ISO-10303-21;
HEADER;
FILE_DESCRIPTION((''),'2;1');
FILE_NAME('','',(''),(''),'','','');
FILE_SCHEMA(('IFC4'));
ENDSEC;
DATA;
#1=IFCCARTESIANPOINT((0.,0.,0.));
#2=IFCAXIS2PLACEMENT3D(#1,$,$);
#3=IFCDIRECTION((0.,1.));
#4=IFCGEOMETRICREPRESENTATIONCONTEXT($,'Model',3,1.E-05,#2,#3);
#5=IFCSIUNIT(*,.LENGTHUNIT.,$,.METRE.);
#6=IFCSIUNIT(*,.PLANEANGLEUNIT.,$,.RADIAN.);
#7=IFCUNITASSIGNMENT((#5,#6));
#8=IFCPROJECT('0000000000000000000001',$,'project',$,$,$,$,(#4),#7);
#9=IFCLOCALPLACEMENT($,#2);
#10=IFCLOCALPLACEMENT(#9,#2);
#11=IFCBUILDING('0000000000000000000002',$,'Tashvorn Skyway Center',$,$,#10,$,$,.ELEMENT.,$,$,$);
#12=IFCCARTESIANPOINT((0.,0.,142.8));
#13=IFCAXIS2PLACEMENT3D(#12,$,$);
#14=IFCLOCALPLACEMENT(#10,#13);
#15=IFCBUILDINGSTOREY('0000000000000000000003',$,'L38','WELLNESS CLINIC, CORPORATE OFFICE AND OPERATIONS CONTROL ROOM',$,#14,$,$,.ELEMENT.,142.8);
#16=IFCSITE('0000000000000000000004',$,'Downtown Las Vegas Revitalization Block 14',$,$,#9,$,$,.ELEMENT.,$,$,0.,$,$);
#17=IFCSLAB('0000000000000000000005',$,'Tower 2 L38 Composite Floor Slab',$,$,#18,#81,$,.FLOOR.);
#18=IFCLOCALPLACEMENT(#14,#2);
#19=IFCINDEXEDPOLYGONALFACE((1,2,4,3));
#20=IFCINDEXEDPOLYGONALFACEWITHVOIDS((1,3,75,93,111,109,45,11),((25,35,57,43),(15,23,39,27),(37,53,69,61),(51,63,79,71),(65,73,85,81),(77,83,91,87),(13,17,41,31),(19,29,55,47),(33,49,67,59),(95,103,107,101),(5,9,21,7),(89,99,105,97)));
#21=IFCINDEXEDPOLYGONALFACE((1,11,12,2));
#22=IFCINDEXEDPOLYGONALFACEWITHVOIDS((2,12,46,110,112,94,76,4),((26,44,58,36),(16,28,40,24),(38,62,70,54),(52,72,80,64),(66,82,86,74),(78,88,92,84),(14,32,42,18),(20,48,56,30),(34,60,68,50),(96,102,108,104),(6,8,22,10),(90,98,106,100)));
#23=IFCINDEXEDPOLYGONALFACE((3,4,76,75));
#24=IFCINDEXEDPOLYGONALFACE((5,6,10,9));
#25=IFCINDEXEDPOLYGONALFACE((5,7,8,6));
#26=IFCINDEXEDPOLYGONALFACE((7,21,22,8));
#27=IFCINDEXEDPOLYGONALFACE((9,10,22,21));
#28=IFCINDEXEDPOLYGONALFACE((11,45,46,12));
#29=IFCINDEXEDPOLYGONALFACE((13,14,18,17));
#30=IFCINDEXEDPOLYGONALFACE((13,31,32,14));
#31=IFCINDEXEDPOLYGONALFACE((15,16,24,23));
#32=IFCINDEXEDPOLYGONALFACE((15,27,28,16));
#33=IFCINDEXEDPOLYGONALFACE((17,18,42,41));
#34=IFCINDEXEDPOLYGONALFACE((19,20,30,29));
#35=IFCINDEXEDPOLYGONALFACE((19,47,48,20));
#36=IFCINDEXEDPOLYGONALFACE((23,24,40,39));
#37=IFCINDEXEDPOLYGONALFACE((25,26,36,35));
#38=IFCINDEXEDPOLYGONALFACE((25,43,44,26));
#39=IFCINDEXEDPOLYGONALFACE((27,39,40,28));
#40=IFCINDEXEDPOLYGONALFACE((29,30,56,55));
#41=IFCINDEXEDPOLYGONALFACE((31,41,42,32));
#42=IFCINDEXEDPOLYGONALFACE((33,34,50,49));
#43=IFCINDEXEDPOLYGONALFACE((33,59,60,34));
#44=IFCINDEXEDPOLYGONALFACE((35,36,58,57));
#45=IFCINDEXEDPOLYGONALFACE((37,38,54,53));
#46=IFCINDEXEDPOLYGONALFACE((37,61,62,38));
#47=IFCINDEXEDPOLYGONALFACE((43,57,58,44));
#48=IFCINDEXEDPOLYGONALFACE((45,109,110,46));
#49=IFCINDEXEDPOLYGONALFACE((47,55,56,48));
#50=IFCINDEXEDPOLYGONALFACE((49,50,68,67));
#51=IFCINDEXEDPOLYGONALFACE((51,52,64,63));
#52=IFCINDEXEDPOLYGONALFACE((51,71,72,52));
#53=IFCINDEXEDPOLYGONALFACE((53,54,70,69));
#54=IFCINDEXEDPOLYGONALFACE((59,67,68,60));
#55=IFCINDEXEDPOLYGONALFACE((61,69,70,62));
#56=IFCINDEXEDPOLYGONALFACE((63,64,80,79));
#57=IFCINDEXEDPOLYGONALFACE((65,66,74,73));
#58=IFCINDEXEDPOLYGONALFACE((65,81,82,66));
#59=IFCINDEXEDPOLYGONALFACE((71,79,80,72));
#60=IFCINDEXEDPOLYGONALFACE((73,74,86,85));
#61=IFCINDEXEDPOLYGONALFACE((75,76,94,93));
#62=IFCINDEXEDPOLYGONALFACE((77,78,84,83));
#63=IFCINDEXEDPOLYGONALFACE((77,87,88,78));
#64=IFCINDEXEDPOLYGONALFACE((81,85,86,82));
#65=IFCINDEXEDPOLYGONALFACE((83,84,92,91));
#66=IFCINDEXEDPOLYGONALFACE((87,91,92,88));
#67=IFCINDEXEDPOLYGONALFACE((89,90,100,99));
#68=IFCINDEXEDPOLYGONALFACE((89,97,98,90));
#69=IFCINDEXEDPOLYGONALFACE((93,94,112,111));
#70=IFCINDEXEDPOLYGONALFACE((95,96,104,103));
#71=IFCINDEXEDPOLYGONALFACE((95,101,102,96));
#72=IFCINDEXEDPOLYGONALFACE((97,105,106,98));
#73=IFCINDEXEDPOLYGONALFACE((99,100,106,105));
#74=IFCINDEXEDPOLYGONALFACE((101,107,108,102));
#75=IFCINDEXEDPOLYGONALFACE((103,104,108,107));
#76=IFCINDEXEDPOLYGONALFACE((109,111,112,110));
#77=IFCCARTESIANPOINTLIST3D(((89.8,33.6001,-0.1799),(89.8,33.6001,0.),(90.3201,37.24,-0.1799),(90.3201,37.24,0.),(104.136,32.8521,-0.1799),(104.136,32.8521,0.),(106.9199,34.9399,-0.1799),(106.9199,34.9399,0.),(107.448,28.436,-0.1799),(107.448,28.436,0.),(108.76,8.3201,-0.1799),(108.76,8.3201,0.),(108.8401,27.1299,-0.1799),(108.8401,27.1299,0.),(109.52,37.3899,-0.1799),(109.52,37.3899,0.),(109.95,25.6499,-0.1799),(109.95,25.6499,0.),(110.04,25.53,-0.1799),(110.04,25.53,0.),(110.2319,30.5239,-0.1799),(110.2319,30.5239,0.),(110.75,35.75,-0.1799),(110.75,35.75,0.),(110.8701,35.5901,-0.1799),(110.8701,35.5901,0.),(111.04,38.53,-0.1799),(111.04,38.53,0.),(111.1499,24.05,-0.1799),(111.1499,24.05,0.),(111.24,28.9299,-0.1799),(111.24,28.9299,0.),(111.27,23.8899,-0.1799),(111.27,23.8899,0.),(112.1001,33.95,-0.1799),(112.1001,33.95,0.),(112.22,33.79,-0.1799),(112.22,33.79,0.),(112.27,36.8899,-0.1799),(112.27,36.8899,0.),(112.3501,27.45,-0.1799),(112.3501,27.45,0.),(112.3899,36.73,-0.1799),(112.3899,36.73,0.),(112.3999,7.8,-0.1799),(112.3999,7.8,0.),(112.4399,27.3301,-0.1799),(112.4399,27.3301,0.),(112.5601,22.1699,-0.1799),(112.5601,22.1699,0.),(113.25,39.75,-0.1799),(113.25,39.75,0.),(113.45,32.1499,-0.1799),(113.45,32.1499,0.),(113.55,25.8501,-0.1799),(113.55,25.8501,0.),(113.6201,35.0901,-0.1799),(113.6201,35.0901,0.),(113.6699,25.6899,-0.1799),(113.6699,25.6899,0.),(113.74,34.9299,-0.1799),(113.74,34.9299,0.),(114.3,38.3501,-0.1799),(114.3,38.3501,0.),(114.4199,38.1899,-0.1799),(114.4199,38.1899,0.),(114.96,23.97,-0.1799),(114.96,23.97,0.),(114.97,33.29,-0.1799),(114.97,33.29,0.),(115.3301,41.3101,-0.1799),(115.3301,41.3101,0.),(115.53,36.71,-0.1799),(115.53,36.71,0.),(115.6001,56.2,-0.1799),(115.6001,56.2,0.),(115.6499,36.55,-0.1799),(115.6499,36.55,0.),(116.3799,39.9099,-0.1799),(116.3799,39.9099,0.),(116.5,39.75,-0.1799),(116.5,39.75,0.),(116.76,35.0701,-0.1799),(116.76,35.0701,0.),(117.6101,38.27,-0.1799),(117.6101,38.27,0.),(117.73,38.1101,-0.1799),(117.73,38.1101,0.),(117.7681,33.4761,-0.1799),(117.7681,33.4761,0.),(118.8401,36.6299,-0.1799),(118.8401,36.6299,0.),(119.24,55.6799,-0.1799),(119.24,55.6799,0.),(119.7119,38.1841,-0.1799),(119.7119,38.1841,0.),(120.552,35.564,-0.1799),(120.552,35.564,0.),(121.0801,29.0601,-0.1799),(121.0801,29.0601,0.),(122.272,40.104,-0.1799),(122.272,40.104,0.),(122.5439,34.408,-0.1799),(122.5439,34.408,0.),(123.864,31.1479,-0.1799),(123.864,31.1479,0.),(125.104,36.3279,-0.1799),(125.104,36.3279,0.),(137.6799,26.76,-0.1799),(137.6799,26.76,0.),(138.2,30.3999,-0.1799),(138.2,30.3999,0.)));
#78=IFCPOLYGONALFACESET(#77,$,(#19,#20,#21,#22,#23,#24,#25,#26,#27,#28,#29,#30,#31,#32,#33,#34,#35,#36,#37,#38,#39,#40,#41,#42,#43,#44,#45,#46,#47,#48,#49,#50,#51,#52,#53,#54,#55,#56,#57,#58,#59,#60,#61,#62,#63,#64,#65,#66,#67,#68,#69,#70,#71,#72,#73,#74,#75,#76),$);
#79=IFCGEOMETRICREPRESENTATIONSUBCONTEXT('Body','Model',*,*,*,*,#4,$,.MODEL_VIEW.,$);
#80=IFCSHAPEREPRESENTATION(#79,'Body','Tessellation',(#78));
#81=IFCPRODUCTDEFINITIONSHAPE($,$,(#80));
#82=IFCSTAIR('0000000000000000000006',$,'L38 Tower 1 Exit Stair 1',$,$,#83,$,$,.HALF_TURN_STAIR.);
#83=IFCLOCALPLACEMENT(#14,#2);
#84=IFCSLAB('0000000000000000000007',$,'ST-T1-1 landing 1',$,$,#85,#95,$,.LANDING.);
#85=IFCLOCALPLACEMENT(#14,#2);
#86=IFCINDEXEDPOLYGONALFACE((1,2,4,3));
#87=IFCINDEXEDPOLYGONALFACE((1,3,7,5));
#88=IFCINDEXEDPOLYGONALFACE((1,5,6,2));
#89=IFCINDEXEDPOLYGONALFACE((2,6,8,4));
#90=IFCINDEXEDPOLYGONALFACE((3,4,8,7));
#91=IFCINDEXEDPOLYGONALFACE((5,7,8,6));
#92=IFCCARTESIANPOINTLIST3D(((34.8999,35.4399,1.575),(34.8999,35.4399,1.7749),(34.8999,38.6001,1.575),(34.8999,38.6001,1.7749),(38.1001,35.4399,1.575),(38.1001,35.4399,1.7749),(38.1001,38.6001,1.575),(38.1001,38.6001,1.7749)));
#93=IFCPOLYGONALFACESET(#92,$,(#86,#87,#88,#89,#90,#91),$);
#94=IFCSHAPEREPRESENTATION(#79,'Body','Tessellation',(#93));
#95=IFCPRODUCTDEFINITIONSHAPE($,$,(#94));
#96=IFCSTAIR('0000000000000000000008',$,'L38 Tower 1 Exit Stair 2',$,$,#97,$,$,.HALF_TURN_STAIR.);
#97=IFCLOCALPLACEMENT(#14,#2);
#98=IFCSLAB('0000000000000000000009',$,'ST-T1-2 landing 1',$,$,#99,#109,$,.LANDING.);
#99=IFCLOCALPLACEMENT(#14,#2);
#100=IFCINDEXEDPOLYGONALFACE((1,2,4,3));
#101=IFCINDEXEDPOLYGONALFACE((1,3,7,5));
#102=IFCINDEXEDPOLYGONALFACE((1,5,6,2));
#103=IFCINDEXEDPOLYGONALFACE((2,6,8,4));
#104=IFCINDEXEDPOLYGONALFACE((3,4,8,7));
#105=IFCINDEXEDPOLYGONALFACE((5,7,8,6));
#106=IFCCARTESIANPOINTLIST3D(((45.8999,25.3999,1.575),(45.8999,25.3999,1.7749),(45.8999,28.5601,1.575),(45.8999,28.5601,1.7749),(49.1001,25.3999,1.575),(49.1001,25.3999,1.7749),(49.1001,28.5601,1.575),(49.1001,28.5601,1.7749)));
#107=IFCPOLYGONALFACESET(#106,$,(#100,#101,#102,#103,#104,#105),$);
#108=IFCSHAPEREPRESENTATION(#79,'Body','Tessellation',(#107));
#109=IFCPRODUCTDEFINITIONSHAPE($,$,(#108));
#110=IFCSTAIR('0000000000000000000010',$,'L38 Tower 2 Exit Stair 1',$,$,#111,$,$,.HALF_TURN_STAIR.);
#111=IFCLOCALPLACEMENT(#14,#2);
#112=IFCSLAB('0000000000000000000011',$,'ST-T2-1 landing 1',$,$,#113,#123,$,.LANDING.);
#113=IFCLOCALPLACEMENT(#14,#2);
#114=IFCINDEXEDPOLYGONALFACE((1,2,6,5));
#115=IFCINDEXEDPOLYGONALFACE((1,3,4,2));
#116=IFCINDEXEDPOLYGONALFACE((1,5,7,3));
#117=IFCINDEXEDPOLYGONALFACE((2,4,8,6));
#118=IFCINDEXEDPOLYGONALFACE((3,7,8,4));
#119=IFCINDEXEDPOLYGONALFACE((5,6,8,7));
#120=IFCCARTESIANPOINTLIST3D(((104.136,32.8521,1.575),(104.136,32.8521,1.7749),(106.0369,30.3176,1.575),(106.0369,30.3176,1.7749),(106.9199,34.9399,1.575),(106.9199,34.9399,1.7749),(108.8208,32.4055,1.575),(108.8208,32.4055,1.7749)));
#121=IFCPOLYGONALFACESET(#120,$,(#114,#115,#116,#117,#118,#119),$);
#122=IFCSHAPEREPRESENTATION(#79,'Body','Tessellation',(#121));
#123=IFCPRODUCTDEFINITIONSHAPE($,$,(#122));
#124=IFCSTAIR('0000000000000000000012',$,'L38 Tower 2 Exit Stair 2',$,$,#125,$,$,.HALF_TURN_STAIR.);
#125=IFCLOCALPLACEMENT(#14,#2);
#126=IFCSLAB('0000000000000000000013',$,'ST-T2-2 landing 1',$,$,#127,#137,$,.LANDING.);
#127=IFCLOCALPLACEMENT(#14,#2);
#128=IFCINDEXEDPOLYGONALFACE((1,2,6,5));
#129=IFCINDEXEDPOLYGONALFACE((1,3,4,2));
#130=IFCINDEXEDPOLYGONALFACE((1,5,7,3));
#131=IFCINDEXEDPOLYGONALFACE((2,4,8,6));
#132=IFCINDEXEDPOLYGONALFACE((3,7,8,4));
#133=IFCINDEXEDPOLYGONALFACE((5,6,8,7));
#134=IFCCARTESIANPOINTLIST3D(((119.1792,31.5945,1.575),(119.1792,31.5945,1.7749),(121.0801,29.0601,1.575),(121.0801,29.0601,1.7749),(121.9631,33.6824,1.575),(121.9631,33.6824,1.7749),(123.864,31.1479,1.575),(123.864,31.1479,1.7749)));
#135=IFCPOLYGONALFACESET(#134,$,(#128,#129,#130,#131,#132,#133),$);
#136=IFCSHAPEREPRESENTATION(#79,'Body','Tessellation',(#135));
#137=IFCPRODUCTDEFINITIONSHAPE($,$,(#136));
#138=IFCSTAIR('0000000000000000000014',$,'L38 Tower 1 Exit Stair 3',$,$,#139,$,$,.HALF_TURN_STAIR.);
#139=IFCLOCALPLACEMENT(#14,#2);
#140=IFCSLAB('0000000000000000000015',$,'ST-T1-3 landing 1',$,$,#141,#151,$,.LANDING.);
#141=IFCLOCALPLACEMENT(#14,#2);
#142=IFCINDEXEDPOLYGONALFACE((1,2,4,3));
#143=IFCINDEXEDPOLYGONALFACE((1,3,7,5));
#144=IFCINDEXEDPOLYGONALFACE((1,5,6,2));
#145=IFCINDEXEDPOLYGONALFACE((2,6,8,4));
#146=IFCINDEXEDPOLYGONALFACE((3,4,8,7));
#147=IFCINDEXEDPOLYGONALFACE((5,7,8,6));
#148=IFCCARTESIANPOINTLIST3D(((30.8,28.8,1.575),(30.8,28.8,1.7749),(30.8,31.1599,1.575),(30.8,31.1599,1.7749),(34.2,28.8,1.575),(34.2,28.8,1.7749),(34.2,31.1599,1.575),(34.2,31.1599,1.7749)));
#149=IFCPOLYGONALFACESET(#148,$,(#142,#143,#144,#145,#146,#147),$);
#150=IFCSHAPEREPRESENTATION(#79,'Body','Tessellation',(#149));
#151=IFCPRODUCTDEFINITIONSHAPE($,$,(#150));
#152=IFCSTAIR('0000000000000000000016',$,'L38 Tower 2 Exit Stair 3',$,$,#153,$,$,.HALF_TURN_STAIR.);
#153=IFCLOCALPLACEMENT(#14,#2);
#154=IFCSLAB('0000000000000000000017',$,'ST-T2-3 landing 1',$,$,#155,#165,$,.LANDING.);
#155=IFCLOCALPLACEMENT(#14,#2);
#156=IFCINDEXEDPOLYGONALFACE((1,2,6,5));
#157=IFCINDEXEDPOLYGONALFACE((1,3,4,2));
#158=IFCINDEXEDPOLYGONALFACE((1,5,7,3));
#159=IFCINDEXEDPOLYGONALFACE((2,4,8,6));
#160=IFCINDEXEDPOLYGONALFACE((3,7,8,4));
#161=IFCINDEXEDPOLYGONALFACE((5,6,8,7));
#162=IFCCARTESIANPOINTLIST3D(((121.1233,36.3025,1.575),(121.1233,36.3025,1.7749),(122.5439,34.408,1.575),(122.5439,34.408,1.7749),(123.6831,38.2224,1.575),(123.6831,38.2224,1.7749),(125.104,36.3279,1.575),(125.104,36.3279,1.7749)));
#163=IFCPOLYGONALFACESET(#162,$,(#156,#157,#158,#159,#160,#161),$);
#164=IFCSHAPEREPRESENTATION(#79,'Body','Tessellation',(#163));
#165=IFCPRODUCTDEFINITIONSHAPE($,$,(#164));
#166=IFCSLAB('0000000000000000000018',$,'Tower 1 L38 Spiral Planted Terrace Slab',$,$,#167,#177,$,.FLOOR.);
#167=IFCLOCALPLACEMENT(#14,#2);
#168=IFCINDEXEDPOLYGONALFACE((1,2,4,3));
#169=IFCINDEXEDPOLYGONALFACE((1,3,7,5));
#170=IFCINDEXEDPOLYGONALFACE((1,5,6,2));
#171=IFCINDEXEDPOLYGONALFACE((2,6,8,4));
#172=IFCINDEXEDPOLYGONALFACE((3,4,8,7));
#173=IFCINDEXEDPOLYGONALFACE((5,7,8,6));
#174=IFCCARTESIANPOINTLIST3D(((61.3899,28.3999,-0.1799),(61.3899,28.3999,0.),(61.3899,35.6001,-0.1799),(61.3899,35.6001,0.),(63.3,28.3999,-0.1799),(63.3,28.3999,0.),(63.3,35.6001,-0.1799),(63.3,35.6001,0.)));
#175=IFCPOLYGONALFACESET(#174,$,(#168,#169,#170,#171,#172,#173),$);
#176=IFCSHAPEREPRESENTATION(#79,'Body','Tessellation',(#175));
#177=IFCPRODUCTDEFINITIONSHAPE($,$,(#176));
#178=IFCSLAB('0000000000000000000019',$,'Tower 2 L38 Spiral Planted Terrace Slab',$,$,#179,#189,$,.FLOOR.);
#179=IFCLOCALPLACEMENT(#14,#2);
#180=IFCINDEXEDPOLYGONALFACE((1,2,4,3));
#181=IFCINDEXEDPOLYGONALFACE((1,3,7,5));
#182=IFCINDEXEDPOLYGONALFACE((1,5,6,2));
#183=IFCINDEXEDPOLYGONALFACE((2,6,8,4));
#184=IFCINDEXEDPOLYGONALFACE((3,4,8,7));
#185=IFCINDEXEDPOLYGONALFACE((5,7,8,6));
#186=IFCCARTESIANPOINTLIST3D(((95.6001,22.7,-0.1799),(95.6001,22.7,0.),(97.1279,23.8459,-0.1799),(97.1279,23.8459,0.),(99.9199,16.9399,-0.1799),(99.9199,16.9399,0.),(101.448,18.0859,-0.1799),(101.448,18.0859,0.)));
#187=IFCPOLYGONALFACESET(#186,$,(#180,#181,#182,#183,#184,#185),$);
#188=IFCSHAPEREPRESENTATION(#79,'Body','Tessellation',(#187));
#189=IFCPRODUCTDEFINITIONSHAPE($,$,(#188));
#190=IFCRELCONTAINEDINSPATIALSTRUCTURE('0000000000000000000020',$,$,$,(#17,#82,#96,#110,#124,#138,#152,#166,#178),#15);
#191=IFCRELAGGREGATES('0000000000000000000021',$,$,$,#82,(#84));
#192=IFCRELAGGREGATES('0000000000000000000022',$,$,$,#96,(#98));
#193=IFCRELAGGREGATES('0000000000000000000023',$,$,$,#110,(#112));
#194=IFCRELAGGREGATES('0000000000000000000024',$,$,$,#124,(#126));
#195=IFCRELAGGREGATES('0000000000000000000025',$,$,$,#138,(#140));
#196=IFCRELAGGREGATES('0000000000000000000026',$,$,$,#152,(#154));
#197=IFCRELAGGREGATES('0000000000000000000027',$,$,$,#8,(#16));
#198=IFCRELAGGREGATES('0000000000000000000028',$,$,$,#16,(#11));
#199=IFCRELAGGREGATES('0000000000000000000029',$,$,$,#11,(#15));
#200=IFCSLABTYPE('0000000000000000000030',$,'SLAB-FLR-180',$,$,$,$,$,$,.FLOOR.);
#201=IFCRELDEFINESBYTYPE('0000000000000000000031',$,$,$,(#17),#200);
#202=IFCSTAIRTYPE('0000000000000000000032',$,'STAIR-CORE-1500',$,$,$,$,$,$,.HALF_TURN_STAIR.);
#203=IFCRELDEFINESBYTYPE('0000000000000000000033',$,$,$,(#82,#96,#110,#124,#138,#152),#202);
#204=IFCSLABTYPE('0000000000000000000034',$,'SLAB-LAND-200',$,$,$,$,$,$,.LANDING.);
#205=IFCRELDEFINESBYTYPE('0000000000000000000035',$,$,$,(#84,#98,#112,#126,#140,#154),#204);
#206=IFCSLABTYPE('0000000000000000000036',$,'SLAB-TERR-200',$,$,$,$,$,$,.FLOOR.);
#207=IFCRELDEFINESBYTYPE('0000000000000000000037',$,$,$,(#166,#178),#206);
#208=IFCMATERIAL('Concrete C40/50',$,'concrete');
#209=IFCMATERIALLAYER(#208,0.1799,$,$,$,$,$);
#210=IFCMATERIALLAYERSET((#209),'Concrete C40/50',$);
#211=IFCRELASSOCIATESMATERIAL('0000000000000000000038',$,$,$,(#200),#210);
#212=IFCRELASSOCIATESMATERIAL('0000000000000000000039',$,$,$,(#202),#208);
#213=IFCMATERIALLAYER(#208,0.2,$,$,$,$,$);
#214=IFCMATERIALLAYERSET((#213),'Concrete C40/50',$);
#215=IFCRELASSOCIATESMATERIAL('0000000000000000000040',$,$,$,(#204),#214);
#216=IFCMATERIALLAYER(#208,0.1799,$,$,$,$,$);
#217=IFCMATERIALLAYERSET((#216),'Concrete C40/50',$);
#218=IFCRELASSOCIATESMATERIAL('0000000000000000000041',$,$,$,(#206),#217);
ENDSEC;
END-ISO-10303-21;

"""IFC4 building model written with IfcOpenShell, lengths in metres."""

from ifc_helpers import new_model, si_unit, direction, frame, origin, place, context, subcontext, project, spatial, polyline, outline, extrude, material, layer, layer_set, type_object, element, aggregate, save


model = new_model("IFC4")

# Units and contexts
model_context = context("Model", 3, precision=1e-05, world=origin(), true_north=direction((0.0, 1.0)))
body_context = subcontext(model_context, "Body", "Model", "MODEL_VIEW")
ifc_project = project(units=[si_unit("LENGTHUNIT", "METRE"), si_unit("PLANEANGLEUNIT", "RADIAN")], contexts=[model_context])

# Site, building, storey
site_placement = place(None, origin())
site = spatial("IfcSite", under=ifc_project, at=site_placement, Name="Downtown Las Vegas Revitalization Block 14", CompositionType="ELEMENT", RefElevation=0.0)
building_placement = place(site_placement, origin())
building = spatial("IfcBuilding", under=site, at=building_placement, Name="Tashvorn Skyway Center", CompositionType="ELEMENT")
storey_placement = place(building_placement, frame((0.0, 0.0, 142.8)))
storey = spatial("IfcBuildingStorey", under=building, at=storey_placement, Name="L38", Description="WELLNESS CLINIC, CORPORATE OFFICE AND OPERATIONS CONTROL ROOM", CompositionType="ELEMENT", Elevation=142.8)

# Slab
ifc_material_1 = material(Name="Concrete C40/50", Category="concrete")
ifc_layer_1 = layer(ifc_material_1, 0.1799)
ifc_layer_set_1 = layer_set([ifc_layer_1], Name="Concrete C40/50")
slab_type_1 = type_object("IfcSlabType", Name="SLAB-FLR-180", PredefinedType="FLOOR", material=ifc_layer_set_1)
slab_1_placement = place(storey_placement, frame((0.0, 0.0, -0.1799)))
element("IfcSlab", 1, at=slab_1_placement, inside=storey, type_object=slab_type_1, Name="Tower 2 L38 Composite Floor Slab", PredefinedType="FLOOR", context=body_context, shape_type="SweptSolid", body=[
    extrude(outline(polyline([(112.3999, 7.8), (137.6799, 26.76), (138.2, 30.3999), (119.24, 55.6799), (115.6001, 56.2), (90.3201, 37.24), (89.8, 33.6001), (108.76, 8.3201), (112.3999, 7.8)]), holes=[polyline([(110.2319, 30.5239), (106.9199, 34.9399), (104.136, 32.8521), (107.448, 28.436), (110.2319, 30.5239)]), polyline([(117.7681, 33.4761), (121.0801, 29.0601), (123.864, 31.1479), (120.552, 35.564), (117.7681, 33.4761)]), polyline([(119.7119, 38.1841), (122.5439, 34.408), (125.104, 36.3279), (122.272, 40.104), (119.7119, 38.1841)]), polyline([(109.95, 25.6499), (112.3501, 27.45), (111.24, 28.9299), (108.8401, 27.1299), (109.95, 25.6499)]), polyline([(111.1499, 24.05), (113.55, 25.8501), (112.4399, 27.3301), (110.04, 25.53), (111.1499, 24.05)]), polyline([(112.5601, 22.1699), (114.96, 23.97), (113.6699, 25.6899), (111.27, 23.8899), (112.5601, 22.1699)]), polyline([(113.45, 32.1499), (114.97, 33.29), (113.74, 34.9299), (112.22, 33.79), (113.45, 32.1499)]), polyline([(112.1001, 33.95), (113.6201, 35.0901), (112.3899, 36.73), (110.8701, 35.5901), (112.1001, 33.95)]), polyline([(110.75, 35.75), (112.27, 36.8899), (111.04, 38.53), (109.52, 37.3899), (110.75, 35.75)]), polyline([(116.76, 35.0701), (118.8401, 36.6299), (117.73, 38.1101), (115.6499, 36.55), (116.76, 35.0701)]), polyline([(115.53, 36.71), (117.6101, 38.27), (116.5, 39.75), (114.4199, 38.1899), (115.53, 36.71)]), polyline([(114.3, 38.3501), (116.3799, 39.9099), (115.3301, 41.3101), (113.25, 39.75), (114.3, 38.3501)])]), origin(), (0.0, 0.0, 1.0), 0.1799),
])

# Stairs, slabs
stair_type = type_object("IfcStairType", Name="STAIR-CORE-1500", PredefinedType="HALF_TURN_STAIR", material=ifc_material_1)
stair_1_placement = place(storey_placement, origin())
stair_1 = element("IfcStair", 2, at=stair_1_placement, inside=storey, type_object=stair_type, Name="L38 Tower 1 Exit Stair 1", PredefinedType="HALF_TURN_STAIR")
ifc_layer_2 = layer(ifc_material_1, 0.2)
ifc_layer_set_2 = layer_set([ifc_layer_2], Name="Concrete C40/50")
slab_type_2 = type_object("IfcSlabType", Name="SLAB-LAND-200", PredefinedType="LANDING", material=ifc_layer_set_2)
slab_2_placement = place(storey_placement, frame((0.0, 0.0, 1.575)))
slab_2 = element("IfcSlab", 3, at=slab_2_placement, type_object=slab_type_2, Name="ST-T1-1 landing 1", PredefinedType="LANDING", context=body_context, shape_type="SweptSolid", body=[
    extrude(outline(polyline([(38.1001, 35.4399), (38.1001, 38.6001), (34.8999, 38.6001), (34.8999, 35.4399), (38.1001, 35.4399)])), origin(), (0.0, 0.0, 1.0), 0.2),
])
aggregate(stair_1, [slab_2])
stair_2_placement = place(storey_placement, origin())
stair_2 = element("IfcStair", 4, at=stair_2_placement, inside=storey, type_object=stair_type, Name="L38 Tower 1 Exit Stair 2", PredefinedType="HALF_TURN_STAIR")
slab_3_placement = place(storey_placement, frame((0.0, 0.0, 1.575)))
slab_3 = element("IfcSlab", 5, at=slab_3_placement, type_object=slab_type_2, Name="ST-T1-2 landing 1", PredefinedType="LANDING", context=body_context, shape_type="SweptSolid", body=[
    extrude(outline(polyline([(45.8999, 28.5601), (45.8999, 25.3999), (49.1001, 25.3999), (49.1001, 28.5601), (45.8999, 28.5601)])), origin(), (0.0, 0.0, 1.0), 0.2),
])
aggregate(stair_2, [slab_3])
stair_3_placement = place(storey_placement, origin())
stair_3 = element("IfcStair", 6, at=stair_3_placement, inside=storey, type_object=stair_type, Name="L38 Tower 2 Exit Stair 1", PredefinedType="HALF_TURN_STAIR")
slab_4_placement = place(storey_placement, frame((0.0, 0.0, 1.575)))
slab_4 = element("IfcSlab", 7, at=slab_4_placement, type_object=slab_type_2, Name="ST-T2-1 landing 1", PredefinedType="LANDING", context=body_context, shape_type="SweptSolid", body=[
    extrude(outline(polyline([(108.8208, 32.4055), (106.9199, 34.9399), (104.136, 32.8521), (106.0369, 30.3176), (108.8208, 32.4055)])), origin(), (0.0, 0.0, 1.0), 0.2),
])
aggregate(stair_3, [slab_4])
stair_4_placement = place(storey_placement, origin())
stair_4 = element("IfcStair", 8, at=stair_4_placement, inside=storey, type_object=stair_type, Name="L38 Tower 2 Exit Stair 2", PredefinedType="HALF_TURN_STAIR")
slab_5_placement = place(storey_placement, frame((0.0, 0.0, 1.575)))
slab_5 = element("IfcSlab", 9, at=slab_5_placement, type_object=slab_type_2, Name="ST-T2-2 landing 1", PredefinedType="LANDING", context=body_context, shape_type="SweptSolid", body=[
    extrude(outline(polyline([(119.1792, 31.5945), (121.0801, 29.0601), (123.864, 31.1479), (121.9631, 33.6824), (119.1792, 31.5945)])), origin(), (0.0, 0.0, 1.0), 0.2),
])
aggregate(stair_4, [slab_5])
stair_5_placement = place(storey_placement, origin())
stair_5 = element("IfcStair", 10, at=stair_5_placement, inside=storey, type_object=stair_type, Name="L38 Tower 1 Exit Stair 3", PredefinedType="HALF_TURN_STAIR")
slab_6_placement = place(storey_placement, frame((0.0, 0.0, 1.575)))
slab_6 = element("IfcSlab", 11, at=slab_6_placement, type_object=slab_type_2, Name="ST-T1-3 landing 1", PredefinedType="LANDING", context=body_context, shape_type="SweptSolid", body=[
    extrude(outline(polyline([(30.8, 31.1599), (30.8, 28.8), (34.2, 28.8), (34.2, 31.1599), (30.8, 31.1599)])), origin(), (0.0, 0.0, 1.0), 0.2),
])
aggregate(stair_5, [slab_6])
stair_6_placement = place(storey_placement, origin())
stair_6 = element("IfcStair", 12, at=stair_6_placement, inside=storey, type_object=stair_type, Name="L38 Tower 2 Exit Stair 3", PredefinedType="HALF_TURN_STAIR")
slab_7_placement = place(storey_placement, frame((0.0, 0.0, 1.575)))
slab_7 = element("IfcSlab", 13, at=slab_7_placement, type_object=slab_type_2, Name="ST-T2-3 landing 1", PredefinedType="LANDING", context=body_context, shape_type="SweptSolid", body=[
    extrude(outline(polyline([(121.1233, 36.3025), (122.5439, 34.408), (125.104, 36.3279), (123.6831, 38.2224), (121.1233, 36.3025)])), origin(), (0.0, 0.0, 1.0), 0.2),
])
aggregate(stair_6, [slab_7])

# Slabs
ifc_layer_3 = layer(ifc_material_1, 0.1799)
ifc_layer_set_3 = layer_set([ifc_layer_3], Name="Concrete C40/50")
slab_type_3 = type_object("IfcSlabType", Name="SLAB-TERR-200", PredefinedType="FLOOR", material=ifc_layer_set_3)
slab_8_placement = place(storey_placement, frame((0.0, 0.0, -0.1799)))
element("IfcSlab", 14, at=slab_8_placement, inside=storey, type_object=slab_type_3, Name="Tower 1 L38 Spiral Planted Terrace Slab", PredefinedType="FLOOR", context=body_context, shape_type="SweptSolid", body=[
    extrude(outline(polyline([(61.3899, 28.3999), (63.3, 28.3999), (63.3, 35.6001), (61.3899, 35.6001), (61.3899, 28.3999)])), origin(), (0.0, 0.0, 1.0), 0.1799),
])
slab_9_placement = place(storey_placement, frame((0.0, 0.0, -0.1799)))
element("IfcSlab", 15, at=slab_9_placement, inside=storey, type_object=slab_type_3, Name="Tower 2 L38 Spiral Planted Terrace Slab", PredefinedType="FLOOR", context=body_context, shape_type="SweptSolid", body=[
    extrude(outline(polyline([(99.9199, 16.9399), (101.448, 18.0859), (97.1279, 23.8459), (95.6001, 22.7), (99.9199, 16.9399)])), origin(), (0.0, 0.0, 1.0), 0.1799),
])

save(model, "model.ifc")
